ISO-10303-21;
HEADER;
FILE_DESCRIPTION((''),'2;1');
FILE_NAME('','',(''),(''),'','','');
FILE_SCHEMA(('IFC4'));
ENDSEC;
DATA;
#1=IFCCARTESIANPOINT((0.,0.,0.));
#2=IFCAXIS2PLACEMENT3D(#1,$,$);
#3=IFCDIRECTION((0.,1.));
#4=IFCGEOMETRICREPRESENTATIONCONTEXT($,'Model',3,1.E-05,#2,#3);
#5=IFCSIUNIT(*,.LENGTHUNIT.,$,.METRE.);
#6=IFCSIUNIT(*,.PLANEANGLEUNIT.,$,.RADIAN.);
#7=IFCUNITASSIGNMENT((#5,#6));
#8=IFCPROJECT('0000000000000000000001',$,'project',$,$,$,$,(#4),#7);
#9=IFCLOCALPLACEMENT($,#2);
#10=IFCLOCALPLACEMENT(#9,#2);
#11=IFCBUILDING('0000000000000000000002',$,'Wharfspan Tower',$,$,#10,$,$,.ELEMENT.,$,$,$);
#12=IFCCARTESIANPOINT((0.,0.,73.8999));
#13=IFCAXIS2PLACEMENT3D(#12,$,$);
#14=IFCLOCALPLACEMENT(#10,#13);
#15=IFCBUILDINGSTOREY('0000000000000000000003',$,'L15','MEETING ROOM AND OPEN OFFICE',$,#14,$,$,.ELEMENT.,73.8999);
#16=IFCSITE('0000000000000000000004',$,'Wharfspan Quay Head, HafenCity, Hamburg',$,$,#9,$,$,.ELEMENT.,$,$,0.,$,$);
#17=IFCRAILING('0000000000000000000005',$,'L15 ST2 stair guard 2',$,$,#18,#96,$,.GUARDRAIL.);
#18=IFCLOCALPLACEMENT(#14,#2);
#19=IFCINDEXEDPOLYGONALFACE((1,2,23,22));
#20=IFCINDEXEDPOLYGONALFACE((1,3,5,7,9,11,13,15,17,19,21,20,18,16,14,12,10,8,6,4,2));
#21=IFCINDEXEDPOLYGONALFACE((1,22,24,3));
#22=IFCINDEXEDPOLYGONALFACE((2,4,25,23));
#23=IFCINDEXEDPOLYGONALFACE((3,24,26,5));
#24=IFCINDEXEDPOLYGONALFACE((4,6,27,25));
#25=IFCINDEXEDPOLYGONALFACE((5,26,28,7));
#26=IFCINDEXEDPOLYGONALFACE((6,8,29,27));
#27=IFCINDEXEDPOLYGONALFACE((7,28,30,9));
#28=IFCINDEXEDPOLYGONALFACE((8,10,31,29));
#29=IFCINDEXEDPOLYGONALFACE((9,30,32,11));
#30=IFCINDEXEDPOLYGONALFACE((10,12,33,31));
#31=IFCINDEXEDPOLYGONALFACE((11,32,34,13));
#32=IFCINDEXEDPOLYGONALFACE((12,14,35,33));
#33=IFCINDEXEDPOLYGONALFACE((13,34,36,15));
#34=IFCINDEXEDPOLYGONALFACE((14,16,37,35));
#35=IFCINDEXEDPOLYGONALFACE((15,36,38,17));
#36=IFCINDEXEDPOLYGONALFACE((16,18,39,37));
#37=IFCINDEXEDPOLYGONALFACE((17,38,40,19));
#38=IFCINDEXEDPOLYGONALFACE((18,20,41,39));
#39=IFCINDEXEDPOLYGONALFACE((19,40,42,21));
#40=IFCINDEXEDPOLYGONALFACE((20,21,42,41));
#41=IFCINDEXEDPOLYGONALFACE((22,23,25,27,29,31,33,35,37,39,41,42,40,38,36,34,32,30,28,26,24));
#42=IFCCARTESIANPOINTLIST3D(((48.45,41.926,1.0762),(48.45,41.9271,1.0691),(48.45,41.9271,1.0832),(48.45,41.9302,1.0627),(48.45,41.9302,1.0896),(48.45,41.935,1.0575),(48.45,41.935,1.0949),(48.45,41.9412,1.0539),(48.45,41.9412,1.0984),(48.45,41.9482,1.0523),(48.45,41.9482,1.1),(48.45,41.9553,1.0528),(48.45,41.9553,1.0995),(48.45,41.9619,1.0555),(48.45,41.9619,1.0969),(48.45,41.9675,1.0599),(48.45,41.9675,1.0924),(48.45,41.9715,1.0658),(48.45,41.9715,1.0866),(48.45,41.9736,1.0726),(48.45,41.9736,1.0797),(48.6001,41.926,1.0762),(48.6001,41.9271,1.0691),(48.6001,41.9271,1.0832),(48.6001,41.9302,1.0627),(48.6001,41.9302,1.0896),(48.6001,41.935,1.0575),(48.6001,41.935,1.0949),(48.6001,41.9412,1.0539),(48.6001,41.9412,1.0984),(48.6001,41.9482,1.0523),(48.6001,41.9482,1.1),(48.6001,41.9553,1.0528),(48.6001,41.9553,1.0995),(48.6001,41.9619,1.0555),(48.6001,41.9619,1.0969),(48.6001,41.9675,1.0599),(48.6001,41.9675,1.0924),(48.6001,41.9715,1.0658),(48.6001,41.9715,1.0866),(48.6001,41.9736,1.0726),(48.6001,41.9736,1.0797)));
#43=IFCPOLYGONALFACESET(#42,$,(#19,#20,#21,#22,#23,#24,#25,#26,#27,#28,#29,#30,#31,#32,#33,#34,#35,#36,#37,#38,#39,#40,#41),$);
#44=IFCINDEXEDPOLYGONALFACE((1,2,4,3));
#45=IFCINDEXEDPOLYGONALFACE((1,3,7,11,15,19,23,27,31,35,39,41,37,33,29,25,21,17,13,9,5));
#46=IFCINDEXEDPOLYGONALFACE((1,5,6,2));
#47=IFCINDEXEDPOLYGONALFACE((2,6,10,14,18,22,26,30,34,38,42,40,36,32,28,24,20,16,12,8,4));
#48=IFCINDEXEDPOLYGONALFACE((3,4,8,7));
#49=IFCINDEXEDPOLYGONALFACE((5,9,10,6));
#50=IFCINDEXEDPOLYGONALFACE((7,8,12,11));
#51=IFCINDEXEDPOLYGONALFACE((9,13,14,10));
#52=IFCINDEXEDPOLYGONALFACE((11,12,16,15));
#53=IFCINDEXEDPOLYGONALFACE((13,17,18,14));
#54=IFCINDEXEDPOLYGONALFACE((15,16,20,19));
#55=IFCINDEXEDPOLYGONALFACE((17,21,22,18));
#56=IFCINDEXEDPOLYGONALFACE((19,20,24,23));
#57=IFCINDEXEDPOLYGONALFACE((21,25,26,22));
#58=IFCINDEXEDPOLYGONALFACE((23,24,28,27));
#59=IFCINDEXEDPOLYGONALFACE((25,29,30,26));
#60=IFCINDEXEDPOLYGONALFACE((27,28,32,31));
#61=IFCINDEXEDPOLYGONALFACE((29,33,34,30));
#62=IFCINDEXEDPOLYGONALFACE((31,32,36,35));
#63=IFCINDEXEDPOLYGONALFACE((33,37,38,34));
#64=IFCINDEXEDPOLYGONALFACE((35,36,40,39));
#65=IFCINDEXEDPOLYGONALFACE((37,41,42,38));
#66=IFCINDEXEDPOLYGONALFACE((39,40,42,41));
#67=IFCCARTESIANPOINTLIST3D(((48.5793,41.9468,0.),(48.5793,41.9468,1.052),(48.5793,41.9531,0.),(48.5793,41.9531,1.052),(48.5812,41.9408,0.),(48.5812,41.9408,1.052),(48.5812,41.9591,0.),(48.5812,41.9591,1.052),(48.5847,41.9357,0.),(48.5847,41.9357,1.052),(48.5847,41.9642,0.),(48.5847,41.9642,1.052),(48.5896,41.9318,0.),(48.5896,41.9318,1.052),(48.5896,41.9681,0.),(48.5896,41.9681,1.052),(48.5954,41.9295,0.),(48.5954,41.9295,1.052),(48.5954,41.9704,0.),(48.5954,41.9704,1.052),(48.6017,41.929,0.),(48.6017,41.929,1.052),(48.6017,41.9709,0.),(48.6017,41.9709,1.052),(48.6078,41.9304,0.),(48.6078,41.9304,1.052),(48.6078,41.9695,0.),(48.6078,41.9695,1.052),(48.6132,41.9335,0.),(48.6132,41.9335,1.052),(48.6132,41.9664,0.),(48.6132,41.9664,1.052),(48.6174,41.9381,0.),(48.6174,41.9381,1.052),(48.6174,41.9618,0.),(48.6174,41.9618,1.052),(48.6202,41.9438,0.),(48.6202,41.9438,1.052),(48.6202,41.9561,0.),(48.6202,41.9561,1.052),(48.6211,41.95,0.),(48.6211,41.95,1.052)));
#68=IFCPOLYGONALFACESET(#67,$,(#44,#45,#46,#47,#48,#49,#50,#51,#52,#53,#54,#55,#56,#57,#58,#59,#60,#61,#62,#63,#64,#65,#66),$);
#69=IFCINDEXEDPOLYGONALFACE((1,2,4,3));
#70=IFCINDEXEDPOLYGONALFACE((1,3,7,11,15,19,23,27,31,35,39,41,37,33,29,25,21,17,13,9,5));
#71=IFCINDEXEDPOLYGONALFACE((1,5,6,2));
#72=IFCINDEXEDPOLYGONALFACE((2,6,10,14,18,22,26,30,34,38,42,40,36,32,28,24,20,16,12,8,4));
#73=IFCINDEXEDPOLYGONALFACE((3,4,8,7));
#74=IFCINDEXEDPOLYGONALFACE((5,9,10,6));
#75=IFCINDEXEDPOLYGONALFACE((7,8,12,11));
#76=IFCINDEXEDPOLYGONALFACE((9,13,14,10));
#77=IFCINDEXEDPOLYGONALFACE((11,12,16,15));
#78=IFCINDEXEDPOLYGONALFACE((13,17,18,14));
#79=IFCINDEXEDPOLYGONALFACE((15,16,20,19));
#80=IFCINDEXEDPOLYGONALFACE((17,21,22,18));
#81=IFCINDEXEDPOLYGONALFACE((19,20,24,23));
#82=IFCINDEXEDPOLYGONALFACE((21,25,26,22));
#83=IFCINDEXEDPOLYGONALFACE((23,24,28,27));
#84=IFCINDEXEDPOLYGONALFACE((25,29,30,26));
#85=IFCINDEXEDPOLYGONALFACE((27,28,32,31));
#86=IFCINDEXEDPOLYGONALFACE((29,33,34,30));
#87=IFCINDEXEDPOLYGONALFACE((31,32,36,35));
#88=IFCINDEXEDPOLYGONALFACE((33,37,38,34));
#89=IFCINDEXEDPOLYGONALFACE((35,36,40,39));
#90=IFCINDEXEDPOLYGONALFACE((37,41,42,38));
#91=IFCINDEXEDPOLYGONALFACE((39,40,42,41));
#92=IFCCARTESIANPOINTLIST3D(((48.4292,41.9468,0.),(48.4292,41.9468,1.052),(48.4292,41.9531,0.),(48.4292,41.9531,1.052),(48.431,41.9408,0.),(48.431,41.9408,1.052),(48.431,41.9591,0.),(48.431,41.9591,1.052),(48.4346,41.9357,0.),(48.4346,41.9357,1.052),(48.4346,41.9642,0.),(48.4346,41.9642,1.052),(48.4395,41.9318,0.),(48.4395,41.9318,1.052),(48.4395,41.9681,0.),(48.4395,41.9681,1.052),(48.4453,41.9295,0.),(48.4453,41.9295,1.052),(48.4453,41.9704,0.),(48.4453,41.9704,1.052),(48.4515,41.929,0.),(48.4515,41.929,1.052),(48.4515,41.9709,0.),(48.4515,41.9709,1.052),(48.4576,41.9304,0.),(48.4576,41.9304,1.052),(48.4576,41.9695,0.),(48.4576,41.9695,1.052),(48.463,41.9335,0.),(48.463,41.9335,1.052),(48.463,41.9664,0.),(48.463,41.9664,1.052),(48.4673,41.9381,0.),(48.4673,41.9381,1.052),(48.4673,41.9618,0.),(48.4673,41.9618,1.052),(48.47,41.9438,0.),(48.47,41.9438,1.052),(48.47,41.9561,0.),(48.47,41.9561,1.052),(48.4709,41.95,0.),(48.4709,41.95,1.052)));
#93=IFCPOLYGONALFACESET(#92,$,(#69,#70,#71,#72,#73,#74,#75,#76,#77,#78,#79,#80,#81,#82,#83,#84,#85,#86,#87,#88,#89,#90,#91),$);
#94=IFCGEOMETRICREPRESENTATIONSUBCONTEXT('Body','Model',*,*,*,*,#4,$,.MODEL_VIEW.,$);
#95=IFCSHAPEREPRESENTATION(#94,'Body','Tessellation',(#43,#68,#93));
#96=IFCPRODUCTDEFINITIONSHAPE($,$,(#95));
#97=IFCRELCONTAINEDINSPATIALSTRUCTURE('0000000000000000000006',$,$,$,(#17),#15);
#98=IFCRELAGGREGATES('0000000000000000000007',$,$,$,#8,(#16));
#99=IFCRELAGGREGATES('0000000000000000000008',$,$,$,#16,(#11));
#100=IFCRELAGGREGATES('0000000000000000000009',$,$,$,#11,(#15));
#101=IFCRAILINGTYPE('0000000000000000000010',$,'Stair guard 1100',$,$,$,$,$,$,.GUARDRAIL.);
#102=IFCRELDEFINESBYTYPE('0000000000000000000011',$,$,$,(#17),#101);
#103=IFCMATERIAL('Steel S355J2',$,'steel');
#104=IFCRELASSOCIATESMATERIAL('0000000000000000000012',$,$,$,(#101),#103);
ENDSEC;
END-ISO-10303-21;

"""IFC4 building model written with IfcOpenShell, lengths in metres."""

from ifc_helpers import new_model, si_unit, direction, frame, origin, origin_2d, place, context, subcontext, project, spatial, circle, extrude, material, type_object, element, save


model = new_model("IFC4")

# Units and contexts
model_context = context("Model", 3, precision=1e-05, world=origin(), true_north=direction((0.0, 1.0)))
body_context = subcontext(model_context, "Body", "Model", "MODEL_VIEW")
ifc_project = project(units=[si_unit("LENGTHUNIT", "METRE"), si_unit("PLANEANGLEUNIT", "RADIAN")], contexts=[model_context])

# Site, building, storey
site_placement = place(None, origin())
site = spatial("IfcSite", under=ifc_project, at=site_placement, Name="Wharfspan Quay Head, HafenCity, Hamburg", CompositionType="ELEMENT", RefElevation=0.0)
building_placement = place(site_placement, origin())
building = spatial("IfcBuilding", under=site, at=building_placement, Name="Wharfspan Tower", CompositionType="ELEMENT")
storey_placement = place(building_placement, frame((0.0, 0.0, 73.8999)))
storey = spatial("IfcBuildingStorey", under=building, at=storey_placement, Name="L15", Description="MEETING ROOM AND OPEN OFFICE", CompositionType="ELEMENT", Elevation=73.8999)

# Shared definitions
ifc_material_1 = material(Name="Steel S355J2", Category="steel")

# Railing
railing_type_1 = type_object("IfcRailingType", Name="Stair guard 1100", PredefinedType="GUARDRAIL", material=ifc_material_1)
railing_1_placement = place(storey_placement, frame((48.6001, 41.95, 0.0)))
element("IfcRailing", 1, at=railing_1_placement, inside=storey, type_object=railing_type_1, Name="L15 ST2 stair guard 2", PredefinedType="GUARDRAIL", context=body_context, shape_type="SweptSolid", body=[
    extrude(circle(Radius=0.0239, at=origin_2d()), frame((0.0, 0.0, 1.0762), z_axis=(-1.0, 0.0, 0.0), x_axis=(0.0, -1.0, 0.0)), (0.0, 0.0, 1.0), 0.1501),
    extrude(circle(Radius=0.021, at=origin_2d()), origin(), (0.0, 0.0, 1.0), 1.052),
    extrude(circle(Radius=0.021, at=origin_2d()), frame((-0.1501, 0.0, 0.0)), (0.0, 0.0, 1.0), 1.052),
])

save(model, "model.ifc")
